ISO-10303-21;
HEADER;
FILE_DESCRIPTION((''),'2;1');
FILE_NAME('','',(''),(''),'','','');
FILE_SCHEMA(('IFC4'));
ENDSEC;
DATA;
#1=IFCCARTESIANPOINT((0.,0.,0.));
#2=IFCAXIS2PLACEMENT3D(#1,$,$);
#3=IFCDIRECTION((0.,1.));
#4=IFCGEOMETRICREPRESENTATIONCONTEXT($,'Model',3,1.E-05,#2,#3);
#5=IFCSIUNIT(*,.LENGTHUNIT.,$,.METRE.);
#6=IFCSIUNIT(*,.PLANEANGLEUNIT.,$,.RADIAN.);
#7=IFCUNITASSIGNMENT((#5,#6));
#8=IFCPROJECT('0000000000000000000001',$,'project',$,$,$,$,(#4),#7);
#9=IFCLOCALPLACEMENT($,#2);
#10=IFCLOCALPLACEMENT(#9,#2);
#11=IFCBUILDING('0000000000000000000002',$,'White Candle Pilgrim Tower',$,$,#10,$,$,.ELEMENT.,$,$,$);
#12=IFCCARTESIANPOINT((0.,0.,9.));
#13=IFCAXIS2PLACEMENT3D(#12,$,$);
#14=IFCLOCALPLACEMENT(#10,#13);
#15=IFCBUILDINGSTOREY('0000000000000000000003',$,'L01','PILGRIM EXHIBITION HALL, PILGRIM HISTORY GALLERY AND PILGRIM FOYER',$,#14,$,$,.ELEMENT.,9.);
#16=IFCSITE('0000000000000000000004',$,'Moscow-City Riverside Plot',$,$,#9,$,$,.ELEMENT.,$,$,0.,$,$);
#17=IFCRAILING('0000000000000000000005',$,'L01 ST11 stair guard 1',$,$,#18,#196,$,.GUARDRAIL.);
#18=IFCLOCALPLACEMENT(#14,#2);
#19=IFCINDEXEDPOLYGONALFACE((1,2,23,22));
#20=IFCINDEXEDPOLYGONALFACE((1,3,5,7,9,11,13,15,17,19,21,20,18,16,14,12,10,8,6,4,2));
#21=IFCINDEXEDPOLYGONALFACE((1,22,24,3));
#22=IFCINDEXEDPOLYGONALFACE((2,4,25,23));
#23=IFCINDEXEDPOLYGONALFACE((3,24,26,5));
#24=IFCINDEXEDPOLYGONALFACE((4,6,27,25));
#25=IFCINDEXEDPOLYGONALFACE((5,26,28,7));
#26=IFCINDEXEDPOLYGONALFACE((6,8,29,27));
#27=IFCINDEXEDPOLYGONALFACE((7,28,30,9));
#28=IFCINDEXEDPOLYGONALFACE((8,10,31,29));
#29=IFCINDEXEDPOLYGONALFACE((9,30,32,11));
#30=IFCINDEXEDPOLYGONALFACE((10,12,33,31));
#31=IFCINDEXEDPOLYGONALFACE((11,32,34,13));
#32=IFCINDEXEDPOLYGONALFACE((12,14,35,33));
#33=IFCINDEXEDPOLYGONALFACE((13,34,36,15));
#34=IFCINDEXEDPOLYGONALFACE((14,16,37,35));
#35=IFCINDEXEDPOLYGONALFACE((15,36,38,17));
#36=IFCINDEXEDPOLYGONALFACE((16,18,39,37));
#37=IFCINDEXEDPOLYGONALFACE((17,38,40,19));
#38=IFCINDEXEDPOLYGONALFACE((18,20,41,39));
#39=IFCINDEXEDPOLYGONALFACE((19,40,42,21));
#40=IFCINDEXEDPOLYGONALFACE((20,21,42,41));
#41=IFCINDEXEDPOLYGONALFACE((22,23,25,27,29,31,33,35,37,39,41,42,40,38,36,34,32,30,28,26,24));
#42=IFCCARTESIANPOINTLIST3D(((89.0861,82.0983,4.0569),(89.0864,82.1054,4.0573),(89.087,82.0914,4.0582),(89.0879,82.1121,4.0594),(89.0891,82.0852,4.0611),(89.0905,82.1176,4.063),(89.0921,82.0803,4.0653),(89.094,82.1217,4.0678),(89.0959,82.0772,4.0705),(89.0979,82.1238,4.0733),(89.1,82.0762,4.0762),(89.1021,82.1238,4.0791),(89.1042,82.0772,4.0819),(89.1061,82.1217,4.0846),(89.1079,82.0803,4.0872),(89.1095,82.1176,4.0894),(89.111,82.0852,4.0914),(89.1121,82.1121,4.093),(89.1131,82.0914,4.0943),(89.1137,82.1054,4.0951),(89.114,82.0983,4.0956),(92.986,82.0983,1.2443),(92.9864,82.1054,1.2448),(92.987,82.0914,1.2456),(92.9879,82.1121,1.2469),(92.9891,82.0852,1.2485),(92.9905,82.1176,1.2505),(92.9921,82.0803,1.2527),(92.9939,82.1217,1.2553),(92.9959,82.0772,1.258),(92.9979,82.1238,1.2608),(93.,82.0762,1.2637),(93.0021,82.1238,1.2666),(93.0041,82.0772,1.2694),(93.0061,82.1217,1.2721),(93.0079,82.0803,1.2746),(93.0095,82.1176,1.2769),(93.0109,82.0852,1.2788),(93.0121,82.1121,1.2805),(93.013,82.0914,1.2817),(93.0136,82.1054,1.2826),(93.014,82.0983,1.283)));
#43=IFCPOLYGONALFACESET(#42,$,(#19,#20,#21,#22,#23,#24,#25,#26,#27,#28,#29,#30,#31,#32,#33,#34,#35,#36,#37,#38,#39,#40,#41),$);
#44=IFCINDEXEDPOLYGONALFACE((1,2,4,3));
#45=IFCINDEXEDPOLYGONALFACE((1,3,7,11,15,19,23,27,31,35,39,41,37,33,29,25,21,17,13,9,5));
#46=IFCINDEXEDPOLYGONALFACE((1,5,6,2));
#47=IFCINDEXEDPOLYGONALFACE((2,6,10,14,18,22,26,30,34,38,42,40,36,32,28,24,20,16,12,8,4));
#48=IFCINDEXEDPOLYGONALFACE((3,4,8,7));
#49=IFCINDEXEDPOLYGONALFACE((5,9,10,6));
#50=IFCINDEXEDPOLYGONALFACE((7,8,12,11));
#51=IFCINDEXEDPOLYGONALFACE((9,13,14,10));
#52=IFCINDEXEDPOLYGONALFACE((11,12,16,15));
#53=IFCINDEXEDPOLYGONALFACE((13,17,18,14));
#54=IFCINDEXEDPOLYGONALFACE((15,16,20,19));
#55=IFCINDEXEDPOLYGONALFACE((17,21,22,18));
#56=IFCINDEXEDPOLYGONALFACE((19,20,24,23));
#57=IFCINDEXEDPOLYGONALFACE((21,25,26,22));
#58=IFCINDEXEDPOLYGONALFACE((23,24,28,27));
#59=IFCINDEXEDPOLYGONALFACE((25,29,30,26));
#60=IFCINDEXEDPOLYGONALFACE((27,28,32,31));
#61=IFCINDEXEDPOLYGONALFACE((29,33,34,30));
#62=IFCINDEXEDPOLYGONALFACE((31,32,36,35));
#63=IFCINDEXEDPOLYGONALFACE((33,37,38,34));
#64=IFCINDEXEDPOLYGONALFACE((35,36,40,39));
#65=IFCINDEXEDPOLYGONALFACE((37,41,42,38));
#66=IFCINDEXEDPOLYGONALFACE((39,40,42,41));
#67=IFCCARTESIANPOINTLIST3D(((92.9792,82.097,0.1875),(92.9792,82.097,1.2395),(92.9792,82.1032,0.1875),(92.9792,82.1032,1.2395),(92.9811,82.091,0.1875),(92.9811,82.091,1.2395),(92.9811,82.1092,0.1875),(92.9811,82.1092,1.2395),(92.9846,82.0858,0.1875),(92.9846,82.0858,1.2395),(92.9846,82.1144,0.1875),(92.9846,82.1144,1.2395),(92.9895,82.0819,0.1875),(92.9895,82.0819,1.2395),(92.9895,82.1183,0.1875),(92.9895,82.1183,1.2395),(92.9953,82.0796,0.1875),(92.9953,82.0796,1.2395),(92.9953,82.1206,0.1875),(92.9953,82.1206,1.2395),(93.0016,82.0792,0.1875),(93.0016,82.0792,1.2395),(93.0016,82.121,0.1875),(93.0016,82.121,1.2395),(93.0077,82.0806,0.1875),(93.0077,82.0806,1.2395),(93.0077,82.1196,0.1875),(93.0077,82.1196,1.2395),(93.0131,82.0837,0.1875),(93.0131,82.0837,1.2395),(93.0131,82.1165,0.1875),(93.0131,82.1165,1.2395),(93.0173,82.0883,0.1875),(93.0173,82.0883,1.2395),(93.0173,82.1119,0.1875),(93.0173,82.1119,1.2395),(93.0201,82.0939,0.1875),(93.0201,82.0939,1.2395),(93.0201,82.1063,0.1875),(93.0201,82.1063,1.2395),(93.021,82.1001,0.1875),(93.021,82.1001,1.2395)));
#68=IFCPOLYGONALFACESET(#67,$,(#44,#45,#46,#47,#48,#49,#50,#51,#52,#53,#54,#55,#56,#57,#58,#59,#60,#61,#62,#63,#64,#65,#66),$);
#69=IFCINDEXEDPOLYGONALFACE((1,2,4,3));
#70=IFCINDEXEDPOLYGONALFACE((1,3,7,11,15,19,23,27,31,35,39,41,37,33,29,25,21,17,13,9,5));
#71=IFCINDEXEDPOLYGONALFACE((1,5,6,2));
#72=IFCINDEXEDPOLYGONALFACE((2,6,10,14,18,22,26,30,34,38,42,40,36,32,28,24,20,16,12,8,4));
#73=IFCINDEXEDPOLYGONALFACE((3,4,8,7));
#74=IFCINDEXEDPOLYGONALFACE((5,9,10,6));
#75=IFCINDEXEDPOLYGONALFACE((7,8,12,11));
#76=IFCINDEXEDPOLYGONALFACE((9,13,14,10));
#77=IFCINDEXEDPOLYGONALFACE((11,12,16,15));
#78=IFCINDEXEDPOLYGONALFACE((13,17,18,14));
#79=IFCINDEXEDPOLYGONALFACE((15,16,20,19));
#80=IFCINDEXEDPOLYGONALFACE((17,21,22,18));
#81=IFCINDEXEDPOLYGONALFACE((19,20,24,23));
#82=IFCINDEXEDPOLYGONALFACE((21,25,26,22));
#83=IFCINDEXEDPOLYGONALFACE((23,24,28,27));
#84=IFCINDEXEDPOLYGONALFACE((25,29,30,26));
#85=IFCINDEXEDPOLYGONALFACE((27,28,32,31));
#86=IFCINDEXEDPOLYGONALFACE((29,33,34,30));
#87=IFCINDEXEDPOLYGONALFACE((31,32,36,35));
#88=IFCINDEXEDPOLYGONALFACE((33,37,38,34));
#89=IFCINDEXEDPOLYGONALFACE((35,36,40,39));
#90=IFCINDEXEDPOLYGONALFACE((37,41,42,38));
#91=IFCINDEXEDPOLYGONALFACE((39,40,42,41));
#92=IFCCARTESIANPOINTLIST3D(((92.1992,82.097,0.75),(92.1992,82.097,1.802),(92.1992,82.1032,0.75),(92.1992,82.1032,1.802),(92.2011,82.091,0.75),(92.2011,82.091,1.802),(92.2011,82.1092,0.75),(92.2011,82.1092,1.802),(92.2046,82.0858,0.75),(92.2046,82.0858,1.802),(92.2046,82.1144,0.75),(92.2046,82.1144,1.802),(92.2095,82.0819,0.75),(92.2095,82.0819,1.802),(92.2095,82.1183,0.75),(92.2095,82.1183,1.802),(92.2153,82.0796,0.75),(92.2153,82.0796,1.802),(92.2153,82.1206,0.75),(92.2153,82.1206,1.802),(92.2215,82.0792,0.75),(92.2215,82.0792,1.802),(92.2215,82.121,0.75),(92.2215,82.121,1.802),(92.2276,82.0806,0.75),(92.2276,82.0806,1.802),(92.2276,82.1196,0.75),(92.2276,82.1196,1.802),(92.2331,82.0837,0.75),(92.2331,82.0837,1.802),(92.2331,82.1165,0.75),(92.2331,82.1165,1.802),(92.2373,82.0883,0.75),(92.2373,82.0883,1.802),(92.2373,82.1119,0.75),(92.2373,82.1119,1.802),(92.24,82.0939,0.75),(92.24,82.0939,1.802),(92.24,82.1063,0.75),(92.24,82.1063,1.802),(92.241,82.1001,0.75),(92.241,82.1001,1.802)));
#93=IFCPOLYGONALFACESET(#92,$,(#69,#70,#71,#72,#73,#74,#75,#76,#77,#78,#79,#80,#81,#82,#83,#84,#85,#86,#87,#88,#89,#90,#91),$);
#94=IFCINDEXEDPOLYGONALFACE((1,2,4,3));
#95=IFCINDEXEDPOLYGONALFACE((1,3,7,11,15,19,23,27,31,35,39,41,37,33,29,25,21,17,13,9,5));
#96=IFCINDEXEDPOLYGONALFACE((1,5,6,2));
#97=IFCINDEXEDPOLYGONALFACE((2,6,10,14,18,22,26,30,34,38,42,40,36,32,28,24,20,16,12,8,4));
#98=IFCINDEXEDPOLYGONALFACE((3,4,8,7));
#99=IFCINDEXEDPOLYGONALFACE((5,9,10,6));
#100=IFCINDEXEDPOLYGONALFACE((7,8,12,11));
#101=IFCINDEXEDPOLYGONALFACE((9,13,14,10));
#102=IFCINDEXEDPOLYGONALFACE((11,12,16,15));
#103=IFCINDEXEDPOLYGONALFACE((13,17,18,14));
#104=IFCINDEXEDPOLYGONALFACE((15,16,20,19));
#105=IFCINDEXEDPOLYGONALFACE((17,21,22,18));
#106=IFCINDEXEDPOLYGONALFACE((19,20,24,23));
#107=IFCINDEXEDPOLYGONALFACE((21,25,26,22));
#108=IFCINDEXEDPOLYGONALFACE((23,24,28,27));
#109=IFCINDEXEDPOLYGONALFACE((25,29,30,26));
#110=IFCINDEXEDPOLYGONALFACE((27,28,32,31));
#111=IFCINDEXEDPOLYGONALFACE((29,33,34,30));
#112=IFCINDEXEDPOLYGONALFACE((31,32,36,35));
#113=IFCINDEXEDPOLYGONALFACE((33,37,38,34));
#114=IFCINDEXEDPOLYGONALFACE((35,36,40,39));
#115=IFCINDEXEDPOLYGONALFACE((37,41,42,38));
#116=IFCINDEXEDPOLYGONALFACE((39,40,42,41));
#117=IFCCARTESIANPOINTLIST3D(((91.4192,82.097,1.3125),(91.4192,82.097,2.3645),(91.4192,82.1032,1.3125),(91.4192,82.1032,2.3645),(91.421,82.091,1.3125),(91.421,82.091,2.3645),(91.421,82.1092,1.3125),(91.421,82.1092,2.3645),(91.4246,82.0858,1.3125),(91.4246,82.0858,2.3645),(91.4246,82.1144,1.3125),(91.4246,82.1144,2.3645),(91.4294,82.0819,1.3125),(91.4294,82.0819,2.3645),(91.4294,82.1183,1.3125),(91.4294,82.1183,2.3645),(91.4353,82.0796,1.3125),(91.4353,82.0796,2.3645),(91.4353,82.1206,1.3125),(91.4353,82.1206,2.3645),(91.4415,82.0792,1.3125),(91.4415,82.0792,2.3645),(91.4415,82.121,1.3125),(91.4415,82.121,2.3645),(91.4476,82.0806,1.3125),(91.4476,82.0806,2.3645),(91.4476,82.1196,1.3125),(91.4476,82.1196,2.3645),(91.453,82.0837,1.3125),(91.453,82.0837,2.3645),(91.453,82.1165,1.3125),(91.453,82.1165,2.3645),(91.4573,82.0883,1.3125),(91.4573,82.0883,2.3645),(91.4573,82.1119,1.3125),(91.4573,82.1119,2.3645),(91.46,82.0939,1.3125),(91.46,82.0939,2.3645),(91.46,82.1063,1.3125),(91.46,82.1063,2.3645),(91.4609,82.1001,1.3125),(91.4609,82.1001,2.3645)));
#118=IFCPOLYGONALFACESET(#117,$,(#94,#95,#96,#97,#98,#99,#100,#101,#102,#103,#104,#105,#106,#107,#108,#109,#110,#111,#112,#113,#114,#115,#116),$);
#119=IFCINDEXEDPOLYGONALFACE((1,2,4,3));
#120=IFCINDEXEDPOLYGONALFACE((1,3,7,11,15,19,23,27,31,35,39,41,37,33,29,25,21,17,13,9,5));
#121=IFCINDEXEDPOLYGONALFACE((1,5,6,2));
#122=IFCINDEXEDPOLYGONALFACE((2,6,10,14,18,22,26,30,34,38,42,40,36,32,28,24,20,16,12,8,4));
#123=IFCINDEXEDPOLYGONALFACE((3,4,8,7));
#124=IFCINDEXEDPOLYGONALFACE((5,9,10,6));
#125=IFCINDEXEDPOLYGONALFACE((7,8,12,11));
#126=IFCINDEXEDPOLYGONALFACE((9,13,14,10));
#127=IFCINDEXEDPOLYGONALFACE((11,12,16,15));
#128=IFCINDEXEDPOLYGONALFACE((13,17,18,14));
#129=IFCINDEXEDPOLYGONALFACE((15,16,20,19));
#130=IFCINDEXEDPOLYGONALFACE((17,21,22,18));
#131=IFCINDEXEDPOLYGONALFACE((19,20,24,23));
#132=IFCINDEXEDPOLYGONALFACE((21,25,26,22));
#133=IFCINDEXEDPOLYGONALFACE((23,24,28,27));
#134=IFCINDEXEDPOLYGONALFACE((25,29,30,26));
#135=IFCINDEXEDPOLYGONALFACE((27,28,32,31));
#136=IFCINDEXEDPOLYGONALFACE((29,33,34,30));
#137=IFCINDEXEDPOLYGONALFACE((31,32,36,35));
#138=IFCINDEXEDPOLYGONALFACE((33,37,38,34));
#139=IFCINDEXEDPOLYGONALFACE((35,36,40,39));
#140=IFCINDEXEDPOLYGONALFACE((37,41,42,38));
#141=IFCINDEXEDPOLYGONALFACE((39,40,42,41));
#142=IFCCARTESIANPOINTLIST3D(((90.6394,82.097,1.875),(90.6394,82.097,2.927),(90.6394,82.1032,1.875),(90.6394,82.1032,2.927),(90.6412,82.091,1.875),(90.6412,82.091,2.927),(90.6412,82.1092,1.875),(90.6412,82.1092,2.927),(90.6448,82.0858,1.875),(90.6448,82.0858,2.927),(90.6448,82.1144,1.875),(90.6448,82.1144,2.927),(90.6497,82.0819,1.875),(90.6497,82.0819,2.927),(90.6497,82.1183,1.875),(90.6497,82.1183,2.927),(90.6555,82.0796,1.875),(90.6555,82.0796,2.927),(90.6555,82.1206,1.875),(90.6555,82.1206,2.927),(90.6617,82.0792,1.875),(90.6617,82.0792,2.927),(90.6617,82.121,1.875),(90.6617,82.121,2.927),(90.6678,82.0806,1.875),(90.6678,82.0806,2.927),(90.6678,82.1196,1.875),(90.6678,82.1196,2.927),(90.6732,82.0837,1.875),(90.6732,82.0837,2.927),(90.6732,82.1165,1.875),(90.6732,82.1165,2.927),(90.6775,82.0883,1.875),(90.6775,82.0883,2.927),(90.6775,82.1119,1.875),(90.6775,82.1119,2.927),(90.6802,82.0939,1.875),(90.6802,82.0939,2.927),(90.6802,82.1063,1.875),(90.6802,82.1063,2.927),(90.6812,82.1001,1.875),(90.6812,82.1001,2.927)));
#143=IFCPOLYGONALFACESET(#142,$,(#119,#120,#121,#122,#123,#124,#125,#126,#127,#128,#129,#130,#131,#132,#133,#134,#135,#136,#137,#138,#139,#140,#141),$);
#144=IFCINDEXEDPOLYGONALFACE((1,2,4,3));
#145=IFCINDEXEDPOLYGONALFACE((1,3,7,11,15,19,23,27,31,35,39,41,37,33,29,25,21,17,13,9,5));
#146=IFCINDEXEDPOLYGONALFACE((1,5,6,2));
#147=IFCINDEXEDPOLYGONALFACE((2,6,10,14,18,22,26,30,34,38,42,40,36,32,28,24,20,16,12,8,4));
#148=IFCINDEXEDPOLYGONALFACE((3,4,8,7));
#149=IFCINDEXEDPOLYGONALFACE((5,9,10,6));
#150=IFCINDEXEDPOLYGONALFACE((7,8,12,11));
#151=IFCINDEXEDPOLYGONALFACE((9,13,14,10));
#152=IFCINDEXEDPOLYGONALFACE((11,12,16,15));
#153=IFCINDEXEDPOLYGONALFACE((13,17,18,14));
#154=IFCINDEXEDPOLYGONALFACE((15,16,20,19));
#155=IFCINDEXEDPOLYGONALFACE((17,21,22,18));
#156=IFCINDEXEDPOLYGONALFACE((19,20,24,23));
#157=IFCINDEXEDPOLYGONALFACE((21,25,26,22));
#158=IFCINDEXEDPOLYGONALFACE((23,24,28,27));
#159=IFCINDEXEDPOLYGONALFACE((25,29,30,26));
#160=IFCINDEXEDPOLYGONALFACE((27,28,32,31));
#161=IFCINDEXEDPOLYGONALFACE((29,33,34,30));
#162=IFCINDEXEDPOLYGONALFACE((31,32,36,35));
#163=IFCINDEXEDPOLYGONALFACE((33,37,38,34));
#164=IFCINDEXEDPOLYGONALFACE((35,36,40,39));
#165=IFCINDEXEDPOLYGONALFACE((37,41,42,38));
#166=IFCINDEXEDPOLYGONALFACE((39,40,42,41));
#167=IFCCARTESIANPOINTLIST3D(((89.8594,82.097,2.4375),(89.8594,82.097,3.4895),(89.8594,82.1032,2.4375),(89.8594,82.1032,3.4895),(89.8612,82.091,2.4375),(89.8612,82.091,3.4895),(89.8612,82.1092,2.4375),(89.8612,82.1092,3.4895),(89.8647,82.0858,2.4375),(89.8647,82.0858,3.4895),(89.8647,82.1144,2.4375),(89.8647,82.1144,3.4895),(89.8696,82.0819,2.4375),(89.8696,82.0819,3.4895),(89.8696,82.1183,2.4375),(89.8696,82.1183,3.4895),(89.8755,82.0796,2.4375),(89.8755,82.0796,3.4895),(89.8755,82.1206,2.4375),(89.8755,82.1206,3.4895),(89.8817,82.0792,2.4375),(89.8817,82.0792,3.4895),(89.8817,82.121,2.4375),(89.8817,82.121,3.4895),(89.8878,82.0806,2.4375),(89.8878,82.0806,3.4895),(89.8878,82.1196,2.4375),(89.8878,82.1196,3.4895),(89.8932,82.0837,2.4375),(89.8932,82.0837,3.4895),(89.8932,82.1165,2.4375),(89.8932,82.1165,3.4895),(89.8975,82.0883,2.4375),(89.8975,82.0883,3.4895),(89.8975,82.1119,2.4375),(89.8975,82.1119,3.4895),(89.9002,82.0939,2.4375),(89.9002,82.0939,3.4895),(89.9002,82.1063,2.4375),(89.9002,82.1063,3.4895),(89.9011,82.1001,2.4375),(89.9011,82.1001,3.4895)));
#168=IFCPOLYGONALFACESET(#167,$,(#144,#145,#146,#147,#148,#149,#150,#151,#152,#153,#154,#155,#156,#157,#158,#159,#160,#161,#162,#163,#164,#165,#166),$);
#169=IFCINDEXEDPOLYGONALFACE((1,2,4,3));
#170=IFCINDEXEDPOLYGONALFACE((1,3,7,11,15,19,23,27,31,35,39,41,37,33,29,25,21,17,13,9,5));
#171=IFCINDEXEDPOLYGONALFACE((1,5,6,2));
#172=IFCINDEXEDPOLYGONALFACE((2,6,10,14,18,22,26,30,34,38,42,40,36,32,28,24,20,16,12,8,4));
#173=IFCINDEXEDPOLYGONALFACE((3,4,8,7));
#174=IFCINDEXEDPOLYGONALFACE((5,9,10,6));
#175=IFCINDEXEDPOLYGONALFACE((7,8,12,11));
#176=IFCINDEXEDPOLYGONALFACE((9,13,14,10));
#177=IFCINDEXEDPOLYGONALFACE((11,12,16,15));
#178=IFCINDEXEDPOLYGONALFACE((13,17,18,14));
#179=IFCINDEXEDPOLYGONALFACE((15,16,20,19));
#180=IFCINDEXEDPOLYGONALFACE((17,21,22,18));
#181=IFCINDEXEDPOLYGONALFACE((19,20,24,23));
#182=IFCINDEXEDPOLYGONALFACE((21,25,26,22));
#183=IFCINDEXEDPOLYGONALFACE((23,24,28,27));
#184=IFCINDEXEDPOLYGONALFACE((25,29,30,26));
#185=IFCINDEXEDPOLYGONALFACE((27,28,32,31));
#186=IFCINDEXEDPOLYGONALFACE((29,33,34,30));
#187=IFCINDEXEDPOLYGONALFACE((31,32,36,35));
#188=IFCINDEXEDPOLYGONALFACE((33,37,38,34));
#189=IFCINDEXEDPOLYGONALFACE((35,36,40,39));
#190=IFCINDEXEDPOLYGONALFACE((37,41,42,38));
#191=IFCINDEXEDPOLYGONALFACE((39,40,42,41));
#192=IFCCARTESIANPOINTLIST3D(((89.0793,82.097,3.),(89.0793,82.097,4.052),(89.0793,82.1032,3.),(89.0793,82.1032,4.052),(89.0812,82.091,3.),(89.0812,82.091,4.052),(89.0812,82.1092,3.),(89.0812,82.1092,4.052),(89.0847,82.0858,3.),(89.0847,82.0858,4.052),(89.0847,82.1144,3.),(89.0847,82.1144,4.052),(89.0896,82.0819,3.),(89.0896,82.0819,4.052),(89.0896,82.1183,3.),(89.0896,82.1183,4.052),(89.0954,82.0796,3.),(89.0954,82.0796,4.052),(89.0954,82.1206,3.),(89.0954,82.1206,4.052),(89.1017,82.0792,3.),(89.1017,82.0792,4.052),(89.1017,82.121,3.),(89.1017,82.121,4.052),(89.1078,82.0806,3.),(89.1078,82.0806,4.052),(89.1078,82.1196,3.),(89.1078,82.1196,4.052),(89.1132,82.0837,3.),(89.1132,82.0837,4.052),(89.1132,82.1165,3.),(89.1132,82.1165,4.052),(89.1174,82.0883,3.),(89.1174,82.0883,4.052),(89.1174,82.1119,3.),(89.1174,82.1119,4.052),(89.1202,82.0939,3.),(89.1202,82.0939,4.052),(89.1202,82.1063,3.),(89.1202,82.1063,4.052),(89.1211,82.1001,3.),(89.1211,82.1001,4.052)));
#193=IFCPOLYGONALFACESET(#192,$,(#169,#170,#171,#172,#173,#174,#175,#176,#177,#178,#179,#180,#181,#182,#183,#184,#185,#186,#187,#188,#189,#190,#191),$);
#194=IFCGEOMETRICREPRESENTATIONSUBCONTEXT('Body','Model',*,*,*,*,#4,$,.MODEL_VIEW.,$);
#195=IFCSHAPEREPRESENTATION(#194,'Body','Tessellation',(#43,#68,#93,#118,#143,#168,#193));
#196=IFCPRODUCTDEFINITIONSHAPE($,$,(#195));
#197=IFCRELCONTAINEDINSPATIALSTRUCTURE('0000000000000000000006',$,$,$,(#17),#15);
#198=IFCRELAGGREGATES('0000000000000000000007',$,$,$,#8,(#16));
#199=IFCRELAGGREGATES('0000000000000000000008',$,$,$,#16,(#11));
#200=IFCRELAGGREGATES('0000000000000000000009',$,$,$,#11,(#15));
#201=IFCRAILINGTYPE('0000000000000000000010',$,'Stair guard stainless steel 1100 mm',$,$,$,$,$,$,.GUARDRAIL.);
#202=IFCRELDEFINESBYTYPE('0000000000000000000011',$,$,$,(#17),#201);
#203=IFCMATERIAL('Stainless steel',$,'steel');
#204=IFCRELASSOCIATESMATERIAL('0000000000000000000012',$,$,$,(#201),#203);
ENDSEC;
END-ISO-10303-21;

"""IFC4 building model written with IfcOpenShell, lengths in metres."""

from ifc_helpers import new_model, si_unit, direction, frame, origin, origin_2d, place, context, subcontext, project, spatial, circle, extrude, material, type_object, element, save


model = new_model("IFC4")

# Units and contexts
model_context = context("Model", 3, precision=1e-05, world=origin(), true_north=direction((0.0, 1.0)))
body_context = subcontext(model_context, "Body", "Model", "MODEL_VIEW")
ifc_project = project(units=[si_unit("LENGTHUNIT", "METRE"), si_unit("PLANEANGLEUNIT", "RADIAN")], contexts=[model_context])

# Site, building, storey
site_placement = place(None, origin())
site = spatial("IfcSite", under=ifc_project, at=site_placement, Name="Moscow-City Riverside Plot", CompositionType="ELEMENT", RefElevation=0.0)
building_placement = place(site_placement, origin())
building = spatial("IfcBuilding", under=site, at=building_placement, Name="White Candle Pilgrim Tower", CompositionType="ELEMENT")
storey_placement = place(building_placement, frame((0.0, 0.0, 9.0)))
storey = spatial("IfcBuildingStorey", under=building, at=storey_placement, Name="L01", Description="PILGRIM EXHIBITION HALL, PILGRIM HISTORY GALLERY AND PILGRIM FOYER", CompositionType="ELEMENT", Elevation=9.0)

# Railing
ifc_material_1 = material(Name="Stainless steel", Category="steel")
railing_type_1 = type_object("IfcRailingType", Name="Stair guard stainless steel 1100 mm", PredefinedType="GUARDRAIL", material=ifc_material_1)
railing_1_placement = place(storey_placement, frame((93.0, 82.1001, 0.1875)))
element("IfcRailing", 1, at=railing_1_placement, inside=storey, type_object=railing_type_1, Name="L01 ST11 stair guard 1", PredefinedType="GUARDRAIL", context=body_context, shape_type="SweptSolid", body=[
    extrude(circle(Radius=0.0239, at=origin_2d()), frame((0.0, 0.0, 1.0762), z_axis=(-0.811083, 0.0, 0.584931), x_axis=(0.0, -1.0, 0.0)), (0.0, 0.0, 1.0), 4.8083),
    extrude(circle(Radius=0.021, at=origin_2d()), origin(), (0.0, 0.0, 1.0), 1.052),
    extrude(circle(Radius=0.021, at=origin_2d()), frame((-0.78, 0.0, 0.5625)), (0.0, 0.0, 1.0), 1.052),
    extrude(circle(Radius=0.021, at=origin_2d()), frame((-1.5601, 0.0, 1.125)), (0.0, 0.0, 1.0), 1.052),
    extrude(circle(Radius=0.021, at=origin_2d()), frame((-2.3398, 0.0, 1.6875)), (0.0, 0.0, 1.0), 1.052),
    extrude(circle(Radius=0.021, at=origin_2d()), frame((-3.1199, 0.0, 2.25)), (0.0, 0.0, 1.0), 1.052),
    extrude(circle(Radius=0.021, at=origin_2d()), frame((-3.8999, 0.0, 2.8125)), (0.0, 0.0, 1.0), 1.052),
])

save(model, "model.ifc")
